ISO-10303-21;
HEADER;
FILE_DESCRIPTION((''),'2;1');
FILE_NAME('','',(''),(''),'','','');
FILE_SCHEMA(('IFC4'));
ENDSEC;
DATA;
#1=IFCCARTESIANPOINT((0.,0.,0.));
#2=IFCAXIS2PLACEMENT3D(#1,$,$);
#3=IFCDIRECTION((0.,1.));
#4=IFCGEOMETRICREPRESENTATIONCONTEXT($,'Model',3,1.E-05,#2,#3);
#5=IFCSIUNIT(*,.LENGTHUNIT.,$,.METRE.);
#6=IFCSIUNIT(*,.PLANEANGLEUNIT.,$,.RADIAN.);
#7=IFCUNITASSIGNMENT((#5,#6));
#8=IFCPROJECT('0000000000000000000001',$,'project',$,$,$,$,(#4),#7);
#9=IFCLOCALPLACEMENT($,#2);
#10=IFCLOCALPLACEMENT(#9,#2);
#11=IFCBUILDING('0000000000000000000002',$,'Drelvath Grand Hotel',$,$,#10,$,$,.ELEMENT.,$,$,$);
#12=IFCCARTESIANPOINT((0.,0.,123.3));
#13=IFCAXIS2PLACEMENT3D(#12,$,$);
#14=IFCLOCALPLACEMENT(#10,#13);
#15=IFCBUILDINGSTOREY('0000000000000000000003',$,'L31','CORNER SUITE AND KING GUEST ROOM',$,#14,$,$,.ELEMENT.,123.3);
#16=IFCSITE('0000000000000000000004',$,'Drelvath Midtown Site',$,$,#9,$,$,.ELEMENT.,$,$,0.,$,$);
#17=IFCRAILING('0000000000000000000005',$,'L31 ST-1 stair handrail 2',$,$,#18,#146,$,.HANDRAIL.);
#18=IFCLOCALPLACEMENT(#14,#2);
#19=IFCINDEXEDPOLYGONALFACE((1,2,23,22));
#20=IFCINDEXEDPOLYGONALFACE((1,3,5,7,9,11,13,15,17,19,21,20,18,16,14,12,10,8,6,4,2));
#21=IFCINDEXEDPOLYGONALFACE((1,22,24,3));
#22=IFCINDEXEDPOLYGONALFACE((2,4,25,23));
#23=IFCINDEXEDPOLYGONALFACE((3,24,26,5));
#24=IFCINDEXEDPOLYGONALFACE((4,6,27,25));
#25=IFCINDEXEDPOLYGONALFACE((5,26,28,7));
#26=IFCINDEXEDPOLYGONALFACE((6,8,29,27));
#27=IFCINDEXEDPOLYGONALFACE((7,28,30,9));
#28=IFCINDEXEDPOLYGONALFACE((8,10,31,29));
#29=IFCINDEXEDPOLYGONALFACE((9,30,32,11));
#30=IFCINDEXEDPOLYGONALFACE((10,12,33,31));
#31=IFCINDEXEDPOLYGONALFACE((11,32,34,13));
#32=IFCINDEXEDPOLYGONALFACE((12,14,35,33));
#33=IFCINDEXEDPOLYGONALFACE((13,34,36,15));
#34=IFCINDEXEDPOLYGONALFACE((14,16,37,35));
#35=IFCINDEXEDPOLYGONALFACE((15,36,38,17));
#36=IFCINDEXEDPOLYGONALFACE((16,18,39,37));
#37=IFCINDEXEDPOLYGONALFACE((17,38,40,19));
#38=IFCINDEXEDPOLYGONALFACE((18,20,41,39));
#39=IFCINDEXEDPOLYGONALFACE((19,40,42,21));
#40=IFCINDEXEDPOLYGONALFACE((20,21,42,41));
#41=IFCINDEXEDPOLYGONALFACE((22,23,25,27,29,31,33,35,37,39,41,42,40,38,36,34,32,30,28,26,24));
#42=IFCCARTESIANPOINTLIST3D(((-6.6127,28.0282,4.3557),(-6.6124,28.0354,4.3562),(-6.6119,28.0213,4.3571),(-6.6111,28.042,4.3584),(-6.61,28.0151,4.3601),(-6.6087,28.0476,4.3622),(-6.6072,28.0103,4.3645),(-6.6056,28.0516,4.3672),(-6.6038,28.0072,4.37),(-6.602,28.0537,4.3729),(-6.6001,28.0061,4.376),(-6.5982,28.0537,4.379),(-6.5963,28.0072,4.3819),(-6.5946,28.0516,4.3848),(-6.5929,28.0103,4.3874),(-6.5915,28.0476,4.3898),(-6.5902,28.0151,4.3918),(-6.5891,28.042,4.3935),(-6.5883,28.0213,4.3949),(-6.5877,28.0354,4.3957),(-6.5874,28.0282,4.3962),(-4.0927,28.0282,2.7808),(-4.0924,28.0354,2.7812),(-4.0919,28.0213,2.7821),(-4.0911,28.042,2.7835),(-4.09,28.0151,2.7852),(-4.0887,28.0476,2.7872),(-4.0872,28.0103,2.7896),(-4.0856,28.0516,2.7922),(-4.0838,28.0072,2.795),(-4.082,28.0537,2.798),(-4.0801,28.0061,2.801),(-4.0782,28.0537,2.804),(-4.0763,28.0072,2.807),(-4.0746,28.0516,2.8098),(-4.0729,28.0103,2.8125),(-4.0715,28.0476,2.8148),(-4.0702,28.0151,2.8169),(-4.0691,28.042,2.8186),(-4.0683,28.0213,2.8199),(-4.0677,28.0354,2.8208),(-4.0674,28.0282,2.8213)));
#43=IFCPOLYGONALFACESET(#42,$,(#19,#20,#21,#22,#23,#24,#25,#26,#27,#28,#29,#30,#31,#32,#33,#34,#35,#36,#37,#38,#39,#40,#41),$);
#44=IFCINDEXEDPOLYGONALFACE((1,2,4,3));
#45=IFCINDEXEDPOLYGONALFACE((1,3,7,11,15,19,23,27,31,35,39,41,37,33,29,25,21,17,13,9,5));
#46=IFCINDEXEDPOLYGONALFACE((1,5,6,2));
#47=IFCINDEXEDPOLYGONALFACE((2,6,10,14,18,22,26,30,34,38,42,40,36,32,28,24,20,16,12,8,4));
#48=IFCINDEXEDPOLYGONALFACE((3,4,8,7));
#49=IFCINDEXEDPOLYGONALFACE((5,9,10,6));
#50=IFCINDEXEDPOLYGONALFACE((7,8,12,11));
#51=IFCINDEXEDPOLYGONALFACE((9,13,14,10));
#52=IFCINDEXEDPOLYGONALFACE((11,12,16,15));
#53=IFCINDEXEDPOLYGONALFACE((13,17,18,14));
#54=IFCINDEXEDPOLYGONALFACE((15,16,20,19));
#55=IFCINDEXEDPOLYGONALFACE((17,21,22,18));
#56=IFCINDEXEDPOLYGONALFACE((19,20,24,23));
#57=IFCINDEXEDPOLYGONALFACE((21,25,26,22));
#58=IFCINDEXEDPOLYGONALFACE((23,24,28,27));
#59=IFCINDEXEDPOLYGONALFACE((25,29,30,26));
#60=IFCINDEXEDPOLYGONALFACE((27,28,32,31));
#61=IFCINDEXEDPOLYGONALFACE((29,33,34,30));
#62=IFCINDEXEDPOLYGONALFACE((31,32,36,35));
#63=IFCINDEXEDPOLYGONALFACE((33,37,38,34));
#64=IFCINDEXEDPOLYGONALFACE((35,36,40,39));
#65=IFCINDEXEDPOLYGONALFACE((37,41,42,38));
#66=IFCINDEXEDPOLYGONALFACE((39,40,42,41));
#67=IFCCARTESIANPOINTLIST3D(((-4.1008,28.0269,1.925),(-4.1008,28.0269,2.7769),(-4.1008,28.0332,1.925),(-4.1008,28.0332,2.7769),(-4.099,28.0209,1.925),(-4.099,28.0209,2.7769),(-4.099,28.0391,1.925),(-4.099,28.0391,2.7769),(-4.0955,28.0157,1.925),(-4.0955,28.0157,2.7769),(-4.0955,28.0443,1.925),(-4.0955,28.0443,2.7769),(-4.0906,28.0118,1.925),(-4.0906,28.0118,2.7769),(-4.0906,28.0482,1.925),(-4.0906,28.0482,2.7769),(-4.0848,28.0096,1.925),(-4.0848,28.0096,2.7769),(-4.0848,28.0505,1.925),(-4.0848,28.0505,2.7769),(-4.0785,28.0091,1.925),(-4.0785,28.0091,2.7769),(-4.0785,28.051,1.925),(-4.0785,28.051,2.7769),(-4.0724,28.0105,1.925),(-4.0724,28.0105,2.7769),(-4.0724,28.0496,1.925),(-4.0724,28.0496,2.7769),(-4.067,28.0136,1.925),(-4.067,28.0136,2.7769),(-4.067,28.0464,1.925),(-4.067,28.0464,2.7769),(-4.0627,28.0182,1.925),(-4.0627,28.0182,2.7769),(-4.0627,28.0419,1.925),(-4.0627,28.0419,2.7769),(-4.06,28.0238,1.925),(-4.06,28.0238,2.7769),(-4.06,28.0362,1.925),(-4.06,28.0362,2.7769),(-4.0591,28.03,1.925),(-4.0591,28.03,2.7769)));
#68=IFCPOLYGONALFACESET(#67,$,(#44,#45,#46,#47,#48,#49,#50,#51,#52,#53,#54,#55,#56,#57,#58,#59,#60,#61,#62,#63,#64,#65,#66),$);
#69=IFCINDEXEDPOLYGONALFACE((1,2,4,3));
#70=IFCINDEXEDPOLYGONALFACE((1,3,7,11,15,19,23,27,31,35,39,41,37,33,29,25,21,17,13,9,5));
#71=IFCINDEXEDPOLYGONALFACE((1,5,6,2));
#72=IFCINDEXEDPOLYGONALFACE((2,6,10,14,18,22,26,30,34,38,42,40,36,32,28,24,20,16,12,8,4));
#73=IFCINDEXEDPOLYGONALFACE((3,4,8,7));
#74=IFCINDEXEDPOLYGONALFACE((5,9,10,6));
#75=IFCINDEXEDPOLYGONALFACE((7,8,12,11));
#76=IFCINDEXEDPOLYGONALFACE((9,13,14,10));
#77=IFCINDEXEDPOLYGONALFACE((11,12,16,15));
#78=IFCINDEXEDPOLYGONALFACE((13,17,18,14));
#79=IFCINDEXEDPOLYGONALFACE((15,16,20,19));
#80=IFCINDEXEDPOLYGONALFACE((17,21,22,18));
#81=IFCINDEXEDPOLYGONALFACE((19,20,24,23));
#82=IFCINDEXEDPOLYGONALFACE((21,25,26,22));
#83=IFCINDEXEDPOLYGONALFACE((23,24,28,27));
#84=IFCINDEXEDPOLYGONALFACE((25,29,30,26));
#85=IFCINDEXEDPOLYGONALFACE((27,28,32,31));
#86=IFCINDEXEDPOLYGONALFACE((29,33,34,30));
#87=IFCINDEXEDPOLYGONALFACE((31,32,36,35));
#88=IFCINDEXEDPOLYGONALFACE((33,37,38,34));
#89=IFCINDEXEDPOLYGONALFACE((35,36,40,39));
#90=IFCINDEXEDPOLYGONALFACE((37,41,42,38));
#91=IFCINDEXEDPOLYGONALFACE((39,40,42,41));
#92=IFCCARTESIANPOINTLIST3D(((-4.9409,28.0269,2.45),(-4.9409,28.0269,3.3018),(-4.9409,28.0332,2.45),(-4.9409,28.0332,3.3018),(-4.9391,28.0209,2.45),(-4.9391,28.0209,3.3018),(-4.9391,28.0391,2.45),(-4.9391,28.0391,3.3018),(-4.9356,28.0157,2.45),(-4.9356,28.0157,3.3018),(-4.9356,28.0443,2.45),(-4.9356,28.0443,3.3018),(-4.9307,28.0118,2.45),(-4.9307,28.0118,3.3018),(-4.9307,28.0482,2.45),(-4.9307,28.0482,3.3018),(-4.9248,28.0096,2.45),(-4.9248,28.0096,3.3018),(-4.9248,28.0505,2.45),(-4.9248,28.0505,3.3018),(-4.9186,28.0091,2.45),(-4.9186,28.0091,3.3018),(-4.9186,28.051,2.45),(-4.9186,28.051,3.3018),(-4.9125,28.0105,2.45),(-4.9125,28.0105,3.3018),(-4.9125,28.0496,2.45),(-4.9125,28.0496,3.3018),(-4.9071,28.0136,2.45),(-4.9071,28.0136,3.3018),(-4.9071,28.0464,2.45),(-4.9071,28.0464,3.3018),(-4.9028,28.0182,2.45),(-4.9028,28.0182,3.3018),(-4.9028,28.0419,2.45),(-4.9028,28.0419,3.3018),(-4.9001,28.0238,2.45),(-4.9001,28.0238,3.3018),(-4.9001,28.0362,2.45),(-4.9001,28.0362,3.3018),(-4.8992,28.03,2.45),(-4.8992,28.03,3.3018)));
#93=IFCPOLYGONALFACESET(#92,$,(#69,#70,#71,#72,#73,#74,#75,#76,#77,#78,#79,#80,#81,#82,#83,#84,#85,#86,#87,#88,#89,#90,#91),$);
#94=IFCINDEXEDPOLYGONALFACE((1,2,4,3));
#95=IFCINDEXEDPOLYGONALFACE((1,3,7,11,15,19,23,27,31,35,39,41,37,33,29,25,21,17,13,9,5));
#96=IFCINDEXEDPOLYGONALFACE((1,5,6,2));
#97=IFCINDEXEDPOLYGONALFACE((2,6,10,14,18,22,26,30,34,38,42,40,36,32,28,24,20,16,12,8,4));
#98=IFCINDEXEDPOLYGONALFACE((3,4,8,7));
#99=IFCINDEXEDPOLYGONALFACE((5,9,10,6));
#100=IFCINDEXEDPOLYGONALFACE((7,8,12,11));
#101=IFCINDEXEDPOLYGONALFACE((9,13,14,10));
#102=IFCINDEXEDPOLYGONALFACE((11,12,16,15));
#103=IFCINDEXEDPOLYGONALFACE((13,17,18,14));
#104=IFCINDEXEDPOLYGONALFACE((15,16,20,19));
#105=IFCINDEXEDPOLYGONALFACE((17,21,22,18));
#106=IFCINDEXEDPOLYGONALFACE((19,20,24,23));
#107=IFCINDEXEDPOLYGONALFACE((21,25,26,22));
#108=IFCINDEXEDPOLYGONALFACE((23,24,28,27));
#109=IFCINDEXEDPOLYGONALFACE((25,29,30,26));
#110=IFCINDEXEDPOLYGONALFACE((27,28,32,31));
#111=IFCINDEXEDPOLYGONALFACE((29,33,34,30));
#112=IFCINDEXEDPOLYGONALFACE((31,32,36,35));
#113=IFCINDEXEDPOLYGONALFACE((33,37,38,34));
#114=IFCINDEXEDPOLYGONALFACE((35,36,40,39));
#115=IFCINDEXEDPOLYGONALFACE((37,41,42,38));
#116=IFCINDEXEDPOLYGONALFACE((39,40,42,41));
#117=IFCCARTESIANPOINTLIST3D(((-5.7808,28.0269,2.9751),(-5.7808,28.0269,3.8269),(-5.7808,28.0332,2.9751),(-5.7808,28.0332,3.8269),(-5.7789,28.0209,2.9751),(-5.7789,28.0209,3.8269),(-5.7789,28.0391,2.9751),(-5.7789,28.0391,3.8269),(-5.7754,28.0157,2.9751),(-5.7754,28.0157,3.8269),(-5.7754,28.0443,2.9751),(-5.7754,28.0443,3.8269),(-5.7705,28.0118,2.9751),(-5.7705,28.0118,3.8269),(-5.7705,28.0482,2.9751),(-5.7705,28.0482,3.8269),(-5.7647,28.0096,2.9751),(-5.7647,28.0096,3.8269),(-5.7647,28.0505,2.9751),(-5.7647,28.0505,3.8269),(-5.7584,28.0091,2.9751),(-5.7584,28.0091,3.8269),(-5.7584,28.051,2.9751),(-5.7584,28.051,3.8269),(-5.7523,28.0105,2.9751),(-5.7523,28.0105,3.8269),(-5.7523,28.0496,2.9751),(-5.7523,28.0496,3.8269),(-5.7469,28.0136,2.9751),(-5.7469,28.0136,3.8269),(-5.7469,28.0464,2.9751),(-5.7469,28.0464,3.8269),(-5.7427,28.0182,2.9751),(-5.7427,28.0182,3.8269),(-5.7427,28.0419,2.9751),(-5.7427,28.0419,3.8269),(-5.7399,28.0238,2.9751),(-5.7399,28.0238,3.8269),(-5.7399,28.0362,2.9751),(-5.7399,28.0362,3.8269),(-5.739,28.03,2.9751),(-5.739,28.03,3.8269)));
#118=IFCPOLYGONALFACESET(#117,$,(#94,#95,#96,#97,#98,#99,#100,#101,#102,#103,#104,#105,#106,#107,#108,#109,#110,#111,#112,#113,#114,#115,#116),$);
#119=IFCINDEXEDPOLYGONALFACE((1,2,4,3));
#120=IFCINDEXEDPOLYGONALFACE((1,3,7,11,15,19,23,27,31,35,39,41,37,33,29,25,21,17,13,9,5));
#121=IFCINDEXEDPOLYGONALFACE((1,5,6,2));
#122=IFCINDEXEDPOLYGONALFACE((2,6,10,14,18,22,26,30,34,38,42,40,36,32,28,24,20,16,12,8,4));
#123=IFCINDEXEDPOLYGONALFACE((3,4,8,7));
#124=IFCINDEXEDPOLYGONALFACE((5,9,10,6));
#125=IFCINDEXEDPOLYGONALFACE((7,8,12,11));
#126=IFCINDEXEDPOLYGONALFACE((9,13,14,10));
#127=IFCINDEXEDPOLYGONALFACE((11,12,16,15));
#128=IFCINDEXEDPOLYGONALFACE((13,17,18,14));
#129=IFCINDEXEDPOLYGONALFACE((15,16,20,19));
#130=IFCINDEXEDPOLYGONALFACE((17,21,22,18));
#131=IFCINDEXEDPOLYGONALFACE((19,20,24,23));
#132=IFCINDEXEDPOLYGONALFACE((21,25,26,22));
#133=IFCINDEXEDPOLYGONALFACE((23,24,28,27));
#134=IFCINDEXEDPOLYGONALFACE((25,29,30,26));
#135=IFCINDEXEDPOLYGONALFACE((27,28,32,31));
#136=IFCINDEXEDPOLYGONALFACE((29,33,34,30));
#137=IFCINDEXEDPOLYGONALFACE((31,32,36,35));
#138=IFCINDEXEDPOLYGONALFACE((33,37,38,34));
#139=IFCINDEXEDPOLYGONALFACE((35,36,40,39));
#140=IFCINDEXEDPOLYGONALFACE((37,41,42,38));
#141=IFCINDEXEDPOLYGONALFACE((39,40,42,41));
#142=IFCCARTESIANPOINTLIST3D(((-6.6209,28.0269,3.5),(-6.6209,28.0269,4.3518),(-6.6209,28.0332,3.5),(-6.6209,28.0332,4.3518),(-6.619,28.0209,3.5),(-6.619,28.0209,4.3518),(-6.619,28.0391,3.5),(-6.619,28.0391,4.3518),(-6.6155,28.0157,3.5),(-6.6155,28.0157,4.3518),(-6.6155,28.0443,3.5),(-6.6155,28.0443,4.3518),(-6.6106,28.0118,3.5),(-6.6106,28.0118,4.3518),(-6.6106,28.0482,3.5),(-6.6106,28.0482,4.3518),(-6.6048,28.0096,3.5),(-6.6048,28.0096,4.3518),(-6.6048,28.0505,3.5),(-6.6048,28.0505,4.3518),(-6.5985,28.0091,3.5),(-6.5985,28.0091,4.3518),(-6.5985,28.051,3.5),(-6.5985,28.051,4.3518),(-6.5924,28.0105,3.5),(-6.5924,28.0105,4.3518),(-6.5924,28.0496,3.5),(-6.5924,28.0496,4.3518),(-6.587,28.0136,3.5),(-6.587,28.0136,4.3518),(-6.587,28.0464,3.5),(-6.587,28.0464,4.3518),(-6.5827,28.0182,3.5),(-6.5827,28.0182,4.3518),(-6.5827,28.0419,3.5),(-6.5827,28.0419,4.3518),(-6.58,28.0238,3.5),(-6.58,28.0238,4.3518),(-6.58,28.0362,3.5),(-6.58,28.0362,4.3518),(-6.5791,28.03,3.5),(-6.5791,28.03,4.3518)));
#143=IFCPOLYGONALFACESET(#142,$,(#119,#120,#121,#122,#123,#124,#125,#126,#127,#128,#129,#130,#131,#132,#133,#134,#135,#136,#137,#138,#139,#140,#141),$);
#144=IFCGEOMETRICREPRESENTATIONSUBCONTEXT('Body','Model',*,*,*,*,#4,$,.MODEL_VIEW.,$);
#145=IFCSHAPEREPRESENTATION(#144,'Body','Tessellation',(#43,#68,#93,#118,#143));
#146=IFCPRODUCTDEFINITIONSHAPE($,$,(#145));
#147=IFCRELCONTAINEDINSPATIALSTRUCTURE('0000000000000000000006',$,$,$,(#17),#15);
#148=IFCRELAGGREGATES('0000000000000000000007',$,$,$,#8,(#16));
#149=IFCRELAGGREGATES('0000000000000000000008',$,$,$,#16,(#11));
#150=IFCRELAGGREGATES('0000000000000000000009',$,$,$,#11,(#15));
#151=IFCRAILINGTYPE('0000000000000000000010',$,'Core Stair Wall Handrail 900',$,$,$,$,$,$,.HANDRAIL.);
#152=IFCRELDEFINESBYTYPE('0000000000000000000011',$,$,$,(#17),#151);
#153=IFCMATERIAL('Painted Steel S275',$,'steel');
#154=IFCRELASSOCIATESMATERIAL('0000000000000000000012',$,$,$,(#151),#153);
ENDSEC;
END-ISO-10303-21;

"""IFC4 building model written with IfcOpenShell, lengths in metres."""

from ifc_helpers import new_model, si_unit, direction, frame, origin, origin_2d, place, context, subcontext, project, spatial, circle, extrude, material, type_object, element, save


model = new_model("IFC4")

# Units and contexts
model_context = context("Model", 3, precision=1e-05, world=origin(), true_north=direction((0.0, 1.0)))
body_context = subcontext(model_context, "Body", "Model", "MODEL_VIEW")
ifc_project = project(units=[si_unit("LENGTHUNIT", "METRE"), si_unit("PLANEANGLEUNIT", "RADIAN")], contexts=[model_context])

# Site, building, storey
site_placement = place(None, origin())
site = spatial("IfcSite", under=ifc_project, at=site_placement, Name="Drelvath Midtown Site", CompositionType="ELEMENT", RefElevation=0.0)
building_placement = place(site_placement, origin())
building = spatial("IfcBuilding", under=site, at=building_placement, Name="Drelvath Grand Hotel", CompositionType="ELEMENT")
storey_placement = place(building_placement, frame((0.0, 0.0, 123.3)))
storey = spatial("IfcBuildingStorey", under=building, at=storey_placement, Name="L31", Description="CORNER SUITE AND KING GUEST ROOM", CompositionType="ELEMENT", Elevation=123.3)

# Shared definitions
ifc_material_1 = material(Name="Painted Steel S275", Category="steel")

# Railing
railing_type = type_object("IfcRailingType", Name="Core Stair Wall Handrail 900", PredefinedType="HANDRAIL", material=ifc_material_1)
railing_placement = place(storey_placement, frame((-4.0801, 28.03, 1.925)))
element("IfcRailing", 1, at=railing_placement, inside=storey, type_object=railing_type, Name="L31 ST-1 stair handrail 2", PredefinedType="HANDRAIL", context=body_context, shape_type="SweptSolid", body=[
    extrude(circle(Radius=0.0239, at=origin_2d()), frame((0.0, 0.0, 0.876), z_axis=(-0.848008, 0.0, 0.529984), x_axis=(0.0, -1.0, 0.0)), (0.0, 0.0, 1.0), 2.9717),
    extrude(circle(Radius=0.021, at=origin_2d()), origin(), (0.0, 0.0, 1.0), 0.8518),
    extrude(circle(Radius=0.021, at=origin_2d()), frame((-0.8401, 0.0, 0.5249)), (0.0, 0.0, 1.0), 0.8518),
    extrude(circle(Radius=0.021, at=origin_2d()), frame((-1.6799, 0.0, 1.05)), (0.0, 0.0, 1.0), 0.8518),
    extrude(circle(Radius=0.021, at=origin_2d()), frame((-2.52, 0.0, 1.575)), (0.0, 0.0, 1.0), 0.8518),
])

save(model, "model.ifc")
